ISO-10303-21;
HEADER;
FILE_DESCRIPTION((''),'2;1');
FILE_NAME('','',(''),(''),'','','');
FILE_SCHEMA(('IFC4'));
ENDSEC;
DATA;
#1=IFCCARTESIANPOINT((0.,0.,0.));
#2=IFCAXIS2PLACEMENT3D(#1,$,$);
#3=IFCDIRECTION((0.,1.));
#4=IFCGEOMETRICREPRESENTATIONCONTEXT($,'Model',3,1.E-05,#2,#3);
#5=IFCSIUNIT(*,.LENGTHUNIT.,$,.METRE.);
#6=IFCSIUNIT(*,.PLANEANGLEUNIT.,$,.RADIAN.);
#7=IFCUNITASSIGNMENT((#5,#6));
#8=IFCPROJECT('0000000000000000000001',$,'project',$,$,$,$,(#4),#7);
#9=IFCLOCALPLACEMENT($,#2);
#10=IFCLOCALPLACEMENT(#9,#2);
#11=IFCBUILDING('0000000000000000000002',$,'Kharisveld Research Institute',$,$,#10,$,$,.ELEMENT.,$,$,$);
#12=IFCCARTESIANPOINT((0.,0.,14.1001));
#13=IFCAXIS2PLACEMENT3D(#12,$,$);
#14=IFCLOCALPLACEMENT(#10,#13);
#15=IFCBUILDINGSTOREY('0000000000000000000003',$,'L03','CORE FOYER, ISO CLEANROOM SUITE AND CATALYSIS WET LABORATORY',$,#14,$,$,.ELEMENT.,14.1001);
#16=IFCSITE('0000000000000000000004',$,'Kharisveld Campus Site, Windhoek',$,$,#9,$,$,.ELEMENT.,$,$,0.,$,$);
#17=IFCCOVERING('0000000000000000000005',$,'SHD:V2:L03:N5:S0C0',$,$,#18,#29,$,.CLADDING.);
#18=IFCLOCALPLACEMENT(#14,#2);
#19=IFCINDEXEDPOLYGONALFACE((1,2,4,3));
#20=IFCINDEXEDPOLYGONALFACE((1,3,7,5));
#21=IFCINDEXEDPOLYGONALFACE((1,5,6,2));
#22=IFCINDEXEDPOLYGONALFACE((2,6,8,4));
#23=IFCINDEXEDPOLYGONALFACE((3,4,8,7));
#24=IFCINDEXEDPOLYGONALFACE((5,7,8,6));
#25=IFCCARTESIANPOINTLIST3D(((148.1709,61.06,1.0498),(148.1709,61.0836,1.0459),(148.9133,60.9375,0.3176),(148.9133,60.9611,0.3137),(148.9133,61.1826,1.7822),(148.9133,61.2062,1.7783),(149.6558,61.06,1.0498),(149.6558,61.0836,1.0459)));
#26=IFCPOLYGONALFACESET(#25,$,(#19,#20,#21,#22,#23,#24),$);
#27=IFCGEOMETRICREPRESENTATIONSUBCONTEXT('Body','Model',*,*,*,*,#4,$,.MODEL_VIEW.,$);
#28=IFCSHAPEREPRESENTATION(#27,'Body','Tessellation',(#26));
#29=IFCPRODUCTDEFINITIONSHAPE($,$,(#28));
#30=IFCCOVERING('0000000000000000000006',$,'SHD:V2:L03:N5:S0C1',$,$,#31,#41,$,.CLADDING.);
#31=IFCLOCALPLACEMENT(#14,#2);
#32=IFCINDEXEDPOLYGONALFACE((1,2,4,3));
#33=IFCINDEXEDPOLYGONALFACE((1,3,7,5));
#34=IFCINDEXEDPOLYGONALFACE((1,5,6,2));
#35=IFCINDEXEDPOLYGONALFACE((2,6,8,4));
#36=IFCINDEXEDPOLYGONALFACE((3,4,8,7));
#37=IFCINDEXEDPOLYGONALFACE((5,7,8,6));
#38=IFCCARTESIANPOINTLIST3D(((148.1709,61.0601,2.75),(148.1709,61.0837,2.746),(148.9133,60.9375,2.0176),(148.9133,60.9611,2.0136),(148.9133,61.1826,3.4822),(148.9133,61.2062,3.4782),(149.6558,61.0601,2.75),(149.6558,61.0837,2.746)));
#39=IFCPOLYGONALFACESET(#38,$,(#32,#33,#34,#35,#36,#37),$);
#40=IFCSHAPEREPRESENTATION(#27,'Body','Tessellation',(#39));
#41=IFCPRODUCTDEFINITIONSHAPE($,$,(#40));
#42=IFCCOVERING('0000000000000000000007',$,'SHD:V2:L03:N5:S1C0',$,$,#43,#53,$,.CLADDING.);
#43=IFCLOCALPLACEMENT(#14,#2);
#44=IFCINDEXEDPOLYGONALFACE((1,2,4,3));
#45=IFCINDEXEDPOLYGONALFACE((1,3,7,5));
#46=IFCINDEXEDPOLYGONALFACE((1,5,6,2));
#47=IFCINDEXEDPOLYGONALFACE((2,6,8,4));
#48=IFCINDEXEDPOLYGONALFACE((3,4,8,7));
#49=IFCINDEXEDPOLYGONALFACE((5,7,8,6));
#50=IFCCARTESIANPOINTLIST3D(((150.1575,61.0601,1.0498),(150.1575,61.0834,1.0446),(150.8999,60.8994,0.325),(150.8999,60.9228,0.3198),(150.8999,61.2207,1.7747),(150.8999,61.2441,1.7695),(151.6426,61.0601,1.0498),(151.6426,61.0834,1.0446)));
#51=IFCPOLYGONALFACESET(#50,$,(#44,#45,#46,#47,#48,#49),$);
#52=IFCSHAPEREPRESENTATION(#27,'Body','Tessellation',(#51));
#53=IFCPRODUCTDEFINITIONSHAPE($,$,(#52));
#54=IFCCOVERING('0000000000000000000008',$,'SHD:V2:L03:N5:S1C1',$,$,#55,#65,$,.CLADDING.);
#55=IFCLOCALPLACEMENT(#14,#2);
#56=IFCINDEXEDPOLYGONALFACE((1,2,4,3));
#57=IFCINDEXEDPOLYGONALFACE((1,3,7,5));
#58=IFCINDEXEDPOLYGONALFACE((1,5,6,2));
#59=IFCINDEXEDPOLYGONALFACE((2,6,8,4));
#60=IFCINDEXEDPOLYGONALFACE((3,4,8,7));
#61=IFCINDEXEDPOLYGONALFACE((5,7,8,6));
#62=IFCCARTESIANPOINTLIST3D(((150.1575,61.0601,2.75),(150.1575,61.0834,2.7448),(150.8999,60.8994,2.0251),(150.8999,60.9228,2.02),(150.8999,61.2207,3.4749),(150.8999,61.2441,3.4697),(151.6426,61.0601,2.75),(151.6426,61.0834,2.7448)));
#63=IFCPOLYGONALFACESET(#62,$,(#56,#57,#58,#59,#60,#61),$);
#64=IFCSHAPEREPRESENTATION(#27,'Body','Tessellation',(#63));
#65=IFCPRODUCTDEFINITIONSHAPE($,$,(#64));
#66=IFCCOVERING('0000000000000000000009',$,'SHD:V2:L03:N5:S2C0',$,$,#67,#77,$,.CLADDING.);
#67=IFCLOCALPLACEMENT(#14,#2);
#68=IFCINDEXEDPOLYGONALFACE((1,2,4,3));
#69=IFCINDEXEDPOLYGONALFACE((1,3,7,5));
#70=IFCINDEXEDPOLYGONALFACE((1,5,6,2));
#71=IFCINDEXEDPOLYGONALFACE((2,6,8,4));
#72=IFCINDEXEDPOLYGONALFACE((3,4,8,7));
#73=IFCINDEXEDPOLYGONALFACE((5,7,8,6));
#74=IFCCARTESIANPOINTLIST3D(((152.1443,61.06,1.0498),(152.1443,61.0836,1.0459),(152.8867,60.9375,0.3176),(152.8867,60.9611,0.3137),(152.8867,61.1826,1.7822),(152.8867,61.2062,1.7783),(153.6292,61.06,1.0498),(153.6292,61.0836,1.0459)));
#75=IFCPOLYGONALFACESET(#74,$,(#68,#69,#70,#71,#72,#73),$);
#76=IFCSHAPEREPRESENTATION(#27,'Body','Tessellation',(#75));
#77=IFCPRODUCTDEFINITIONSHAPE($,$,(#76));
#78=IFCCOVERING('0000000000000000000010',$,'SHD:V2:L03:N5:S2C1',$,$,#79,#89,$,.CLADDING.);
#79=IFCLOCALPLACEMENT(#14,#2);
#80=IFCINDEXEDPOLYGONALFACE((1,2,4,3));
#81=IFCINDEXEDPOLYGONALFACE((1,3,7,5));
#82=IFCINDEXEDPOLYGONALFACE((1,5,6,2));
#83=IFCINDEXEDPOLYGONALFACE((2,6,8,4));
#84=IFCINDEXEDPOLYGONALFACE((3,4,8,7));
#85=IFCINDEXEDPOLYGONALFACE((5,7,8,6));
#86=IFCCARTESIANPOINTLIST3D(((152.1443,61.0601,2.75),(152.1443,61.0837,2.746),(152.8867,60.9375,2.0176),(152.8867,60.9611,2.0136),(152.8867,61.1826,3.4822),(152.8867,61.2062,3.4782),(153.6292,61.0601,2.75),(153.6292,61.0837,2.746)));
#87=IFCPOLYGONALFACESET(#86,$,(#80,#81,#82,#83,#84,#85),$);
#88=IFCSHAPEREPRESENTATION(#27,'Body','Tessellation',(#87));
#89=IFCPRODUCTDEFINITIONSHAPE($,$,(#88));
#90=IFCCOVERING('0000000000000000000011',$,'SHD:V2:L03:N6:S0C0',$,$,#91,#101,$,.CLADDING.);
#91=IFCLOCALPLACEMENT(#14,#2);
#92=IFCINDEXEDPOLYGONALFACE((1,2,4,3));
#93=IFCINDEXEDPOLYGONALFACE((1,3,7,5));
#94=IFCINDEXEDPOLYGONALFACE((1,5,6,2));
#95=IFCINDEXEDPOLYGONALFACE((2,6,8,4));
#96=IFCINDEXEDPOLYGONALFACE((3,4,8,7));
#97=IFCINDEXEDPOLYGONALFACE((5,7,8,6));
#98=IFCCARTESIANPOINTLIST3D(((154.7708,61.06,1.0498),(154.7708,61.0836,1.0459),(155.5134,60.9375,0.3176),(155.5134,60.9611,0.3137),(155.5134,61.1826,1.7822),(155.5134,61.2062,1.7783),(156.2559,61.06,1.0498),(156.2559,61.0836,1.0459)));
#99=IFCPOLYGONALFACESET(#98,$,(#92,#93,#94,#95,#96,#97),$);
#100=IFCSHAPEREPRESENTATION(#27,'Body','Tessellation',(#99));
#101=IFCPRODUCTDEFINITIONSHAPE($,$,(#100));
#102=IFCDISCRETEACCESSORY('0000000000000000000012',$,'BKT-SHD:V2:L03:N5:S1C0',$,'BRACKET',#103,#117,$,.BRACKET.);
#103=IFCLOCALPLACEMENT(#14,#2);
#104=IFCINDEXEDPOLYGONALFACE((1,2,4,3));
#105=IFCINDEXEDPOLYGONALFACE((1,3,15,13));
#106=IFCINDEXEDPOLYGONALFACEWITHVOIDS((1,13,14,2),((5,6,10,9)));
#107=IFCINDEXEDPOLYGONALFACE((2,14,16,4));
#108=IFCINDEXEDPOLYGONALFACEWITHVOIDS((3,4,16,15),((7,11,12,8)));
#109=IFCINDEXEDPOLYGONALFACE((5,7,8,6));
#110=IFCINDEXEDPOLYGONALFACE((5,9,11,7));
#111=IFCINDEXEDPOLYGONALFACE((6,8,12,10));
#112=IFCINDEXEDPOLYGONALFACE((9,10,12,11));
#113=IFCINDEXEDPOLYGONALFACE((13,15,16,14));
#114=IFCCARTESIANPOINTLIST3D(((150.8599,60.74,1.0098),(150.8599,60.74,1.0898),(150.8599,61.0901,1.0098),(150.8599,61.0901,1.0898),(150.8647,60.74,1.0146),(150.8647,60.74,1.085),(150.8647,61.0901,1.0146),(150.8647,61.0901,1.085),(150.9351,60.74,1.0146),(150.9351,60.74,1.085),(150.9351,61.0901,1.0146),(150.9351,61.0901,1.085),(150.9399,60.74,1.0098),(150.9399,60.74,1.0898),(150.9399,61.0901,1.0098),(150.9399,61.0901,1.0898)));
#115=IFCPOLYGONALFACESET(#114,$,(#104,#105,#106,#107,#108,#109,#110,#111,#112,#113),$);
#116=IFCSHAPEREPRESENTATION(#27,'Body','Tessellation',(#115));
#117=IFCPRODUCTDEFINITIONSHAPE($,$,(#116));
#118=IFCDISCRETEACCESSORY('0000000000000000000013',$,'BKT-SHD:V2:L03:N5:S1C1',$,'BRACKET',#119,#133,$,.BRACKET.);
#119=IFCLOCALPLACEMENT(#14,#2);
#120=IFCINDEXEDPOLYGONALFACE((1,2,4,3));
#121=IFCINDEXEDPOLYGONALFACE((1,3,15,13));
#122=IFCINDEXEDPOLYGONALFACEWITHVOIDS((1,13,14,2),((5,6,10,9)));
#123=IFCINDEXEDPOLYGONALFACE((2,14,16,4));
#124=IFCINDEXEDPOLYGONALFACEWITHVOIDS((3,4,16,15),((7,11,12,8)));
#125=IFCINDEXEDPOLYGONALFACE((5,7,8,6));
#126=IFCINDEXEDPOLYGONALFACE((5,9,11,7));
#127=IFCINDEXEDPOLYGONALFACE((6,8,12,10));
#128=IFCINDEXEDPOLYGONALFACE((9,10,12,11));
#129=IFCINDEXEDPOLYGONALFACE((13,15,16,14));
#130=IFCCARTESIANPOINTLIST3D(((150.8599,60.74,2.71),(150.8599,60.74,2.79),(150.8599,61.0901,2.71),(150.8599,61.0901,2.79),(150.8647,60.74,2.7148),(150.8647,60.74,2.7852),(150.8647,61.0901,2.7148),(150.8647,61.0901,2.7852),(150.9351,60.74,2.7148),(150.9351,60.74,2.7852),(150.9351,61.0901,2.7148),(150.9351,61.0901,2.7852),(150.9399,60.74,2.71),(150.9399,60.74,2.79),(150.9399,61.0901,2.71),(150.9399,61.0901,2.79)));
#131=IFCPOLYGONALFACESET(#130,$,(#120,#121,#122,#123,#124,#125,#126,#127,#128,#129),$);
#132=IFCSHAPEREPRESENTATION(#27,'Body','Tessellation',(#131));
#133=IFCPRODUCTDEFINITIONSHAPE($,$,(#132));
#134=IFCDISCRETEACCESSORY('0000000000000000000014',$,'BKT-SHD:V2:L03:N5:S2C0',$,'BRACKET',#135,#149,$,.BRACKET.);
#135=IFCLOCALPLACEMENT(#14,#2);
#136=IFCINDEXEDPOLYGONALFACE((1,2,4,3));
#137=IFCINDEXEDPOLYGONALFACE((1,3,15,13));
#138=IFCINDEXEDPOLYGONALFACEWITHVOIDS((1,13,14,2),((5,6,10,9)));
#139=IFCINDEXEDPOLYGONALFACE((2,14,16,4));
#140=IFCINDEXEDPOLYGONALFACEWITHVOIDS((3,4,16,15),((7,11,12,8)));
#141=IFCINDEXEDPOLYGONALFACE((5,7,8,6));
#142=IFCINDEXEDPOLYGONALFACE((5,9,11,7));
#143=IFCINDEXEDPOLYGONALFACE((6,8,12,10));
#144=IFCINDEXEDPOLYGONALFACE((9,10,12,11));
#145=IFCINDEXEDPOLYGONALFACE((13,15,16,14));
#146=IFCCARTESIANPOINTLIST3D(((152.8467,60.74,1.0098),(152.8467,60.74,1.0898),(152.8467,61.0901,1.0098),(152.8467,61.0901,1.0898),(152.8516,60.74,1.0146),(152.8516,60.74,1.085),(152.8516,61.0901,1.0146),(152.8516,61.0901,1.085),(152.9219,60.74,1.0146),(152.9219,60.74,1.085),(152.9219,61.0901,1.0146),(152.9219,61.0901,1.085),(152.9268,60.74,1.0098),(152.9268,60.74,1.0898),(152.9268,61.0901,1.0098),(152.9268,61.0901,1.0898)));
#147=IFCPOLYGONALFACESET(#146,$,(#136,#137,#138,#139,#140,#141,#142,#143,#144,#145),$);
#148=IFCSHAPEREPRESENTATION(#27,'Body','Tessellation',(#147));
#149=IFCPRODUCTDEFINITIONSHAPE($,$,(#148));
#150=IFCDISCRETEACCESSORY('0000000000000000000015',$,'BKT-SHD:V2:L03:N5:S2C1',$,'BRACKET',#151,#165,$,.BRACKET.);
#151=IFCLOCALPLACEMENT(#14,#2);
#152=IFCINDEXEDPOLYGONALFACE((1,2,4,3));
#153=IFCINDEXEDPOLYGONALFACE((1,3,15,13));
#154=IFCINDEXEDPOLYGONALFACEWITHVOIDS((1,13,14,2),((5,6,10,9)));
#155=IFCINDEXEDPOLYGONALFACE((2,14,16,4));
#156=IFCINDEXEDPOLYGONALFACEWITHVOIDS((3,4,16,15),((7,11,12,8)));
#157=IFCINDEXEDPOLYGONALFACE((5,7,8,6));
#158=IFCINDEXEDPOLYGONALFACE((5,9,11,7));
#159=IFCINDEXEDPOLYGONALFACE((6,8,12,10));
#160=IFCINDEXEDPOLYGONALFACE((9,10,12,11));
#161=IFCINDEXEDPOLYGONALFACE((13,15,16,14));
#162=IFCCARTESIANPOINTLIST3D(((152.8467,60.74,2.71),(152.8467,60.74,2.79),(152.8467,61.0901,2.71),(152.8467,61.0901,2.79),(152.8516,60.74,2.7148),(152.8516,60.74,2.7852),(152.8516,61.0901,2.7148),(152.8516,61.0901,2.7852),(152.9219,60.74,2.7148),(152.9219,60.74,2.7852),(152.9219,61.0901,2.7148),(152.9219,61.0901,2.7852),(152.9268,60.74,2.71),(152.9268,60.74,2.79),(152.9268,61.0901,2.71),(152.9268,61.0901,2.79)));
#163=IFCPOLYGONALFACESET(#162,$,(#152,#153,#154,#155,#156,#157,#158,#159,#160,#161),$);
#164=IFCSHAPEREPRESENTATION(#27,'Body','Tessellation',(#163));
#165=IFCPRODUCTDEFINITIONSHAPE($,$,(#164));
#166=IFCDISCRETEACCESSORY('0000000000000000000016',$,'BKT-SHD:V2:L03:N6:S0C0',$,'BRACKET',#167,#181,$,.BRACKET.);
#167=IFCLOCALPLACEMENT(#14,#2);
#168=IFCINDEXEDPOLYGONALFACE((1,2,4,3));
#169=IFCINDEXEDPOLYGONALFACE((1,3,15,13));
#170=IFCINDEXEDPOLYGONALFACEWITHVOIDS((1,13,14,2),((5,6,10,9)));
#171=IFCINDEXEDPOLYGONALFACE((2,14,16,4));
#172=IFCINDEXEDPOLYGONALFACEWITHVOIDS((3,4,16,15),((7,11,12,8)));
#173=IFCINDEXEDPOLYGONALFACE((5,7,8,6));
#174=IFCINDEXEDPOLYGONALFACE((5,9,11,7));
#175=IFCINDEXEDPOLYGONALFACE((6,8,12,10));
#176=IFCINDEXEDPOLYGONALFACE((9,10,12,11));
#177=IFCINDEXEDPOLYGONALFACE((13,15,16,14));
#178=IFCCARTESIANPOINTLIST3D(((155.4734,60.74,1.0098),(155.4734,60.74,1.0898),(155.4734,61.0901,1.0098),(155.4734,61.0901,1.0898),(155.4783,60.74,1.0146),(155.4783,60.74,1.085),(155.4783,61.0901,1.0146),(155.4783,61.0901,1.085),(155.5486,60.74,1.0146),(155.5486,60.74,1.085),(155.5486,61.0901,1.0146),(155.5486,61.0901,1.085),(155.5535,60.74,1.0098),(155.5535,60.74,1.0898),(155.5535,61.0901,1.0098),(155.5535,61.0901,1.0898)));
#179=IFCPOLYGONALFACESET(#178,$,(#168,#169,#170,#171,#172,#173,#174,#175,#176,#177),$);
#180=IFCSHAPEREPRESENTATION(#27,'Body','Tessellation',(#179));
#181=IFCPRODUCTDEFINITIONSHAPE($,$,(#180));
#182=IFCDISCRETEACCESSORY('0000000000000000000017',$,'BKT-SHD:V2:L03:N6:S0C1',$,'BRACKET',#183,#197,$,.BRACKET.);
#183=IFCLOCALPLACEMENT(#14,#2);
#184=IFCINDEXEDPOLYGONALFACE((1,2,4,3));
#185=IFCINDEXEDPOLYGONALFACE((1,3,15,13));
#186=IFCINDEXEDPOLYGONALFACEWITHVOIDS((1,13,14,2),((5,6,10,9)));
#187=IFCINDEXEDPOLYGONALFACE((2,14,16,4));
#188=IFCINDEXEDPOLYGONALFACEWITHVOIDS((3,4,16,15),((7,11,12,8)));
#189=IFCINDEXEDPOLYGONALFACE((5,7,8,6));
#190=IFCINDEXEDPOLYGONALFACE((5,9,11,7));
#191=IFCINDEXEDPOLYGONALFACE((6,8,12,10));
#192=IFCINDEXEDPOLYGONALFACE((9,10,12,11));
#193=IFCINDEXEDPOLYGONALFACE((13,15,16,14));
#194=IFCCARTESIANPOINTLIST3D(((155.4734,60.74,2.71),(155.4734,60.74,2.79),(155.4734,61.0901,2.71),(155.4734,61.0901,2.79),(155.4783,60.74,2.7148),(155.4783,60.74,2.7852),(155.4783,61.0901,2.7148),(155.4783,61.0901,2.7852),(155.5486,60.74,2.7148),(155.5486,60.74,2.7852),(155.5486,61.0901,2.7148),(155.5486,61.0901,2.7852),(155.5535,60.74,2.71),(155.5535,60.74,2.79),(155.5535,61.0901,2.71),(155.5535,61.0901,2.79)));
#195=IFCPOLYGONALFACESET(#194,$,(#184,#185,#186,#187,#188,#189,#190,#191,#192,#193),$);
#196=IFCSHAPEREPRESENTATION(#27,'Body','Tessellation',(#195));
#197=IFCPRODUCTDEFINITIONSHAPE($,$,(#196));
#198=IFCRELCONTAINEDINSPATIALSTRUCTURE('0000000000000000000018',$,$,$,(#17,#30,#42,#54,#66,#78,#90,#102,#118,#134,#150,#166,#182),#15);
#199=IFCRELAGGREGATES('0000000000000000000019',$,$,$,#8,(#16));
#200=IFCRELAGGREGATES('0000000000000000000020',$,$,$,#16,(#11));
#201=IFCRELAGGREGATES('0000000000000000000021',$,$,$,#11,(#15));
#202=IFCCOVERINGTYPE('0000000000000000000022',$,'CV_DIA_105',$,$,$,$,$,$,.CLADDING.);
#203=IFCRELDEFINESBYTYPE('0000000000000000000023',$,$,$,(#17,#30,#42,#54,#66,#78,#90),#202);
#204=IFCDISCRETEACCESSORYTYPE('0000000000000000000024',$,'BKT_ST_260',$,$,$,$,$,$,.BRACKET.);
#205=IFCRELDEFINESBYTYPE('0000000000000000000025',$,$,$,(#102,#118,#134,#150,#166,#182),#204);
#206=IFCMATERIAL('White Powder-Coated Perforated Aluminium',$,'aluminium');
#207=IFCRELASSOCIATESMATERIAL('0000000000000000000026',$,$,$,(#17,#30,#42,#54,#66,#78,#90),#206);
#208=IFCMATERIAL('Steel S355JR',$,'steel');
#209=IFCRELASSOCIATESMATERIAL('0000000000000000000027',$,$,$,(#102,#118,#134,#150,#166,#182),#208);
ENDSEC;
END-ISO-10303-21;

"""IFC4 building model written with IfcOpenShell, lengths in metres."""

from ifc_helpers import new_model, si_unit, direction, frame, origin, origin_2d, place, context, subcontext, project, spatial, polyline, hollow_rectangle, outline, extrude, material, type_object, element, save


model = new_model("IFC4")

# Units and contexts
model_context = context("Model", 3, precision=1e-05, world=origin(), true_north=direction((0.0, 1.0)))
body_context = subcontext(model_context, "Body", "Model", "MODEL_VIEW")
ifc_project = project(units=[si_unit("LENGTHUNIT", "METRE"), si_unit("PLANEANGLEUNIT", "RADIAN")], contexts=[model_context])

# Site, building, storey
site_placement = place(None, origin())
site = spatial("IfcSite", under=ifc_project, at=site_placement, Name="Kharisveld Campus Site, Windhoek", CompositionType="ELEMENT", RefElevation=0.0)
building_placement = place(site_placement, origin())
building = spatial("IfcBuilding", under=site, at=building_placement, Name="Kharisveld Research Institute", CompositionType="ELEMENT")
storey_placement = place(building_placement, frame((0.0, 0.0, 14.1001)))
storey = spatial("IfcBuildingStorey", under=building, at=storey_placement, Name="L03", Description="CORE FOYER, ISO CLEANROOM SUITE AND CATALYSIS WET LABORATORY", CompositionType="ELEMENT", Elevation=14.1001)

# Coverings
ifc_material_1 = material(Name="White Powder-Coated Perforated Aluminium", Category="aluminium")
covering_type = type_object("IfcCoveringType", Name="CV_DIA_105", PredefinedType="CLADDING")
covering_1_placement = place(storey_placement, frame((148.9133, 60.9375, 0.3176), z_axis=(0.0, -0.986283, 0.165065), x_axis=(0.707139, 0.116714, 0.697376)))
element("IfcCovering", 1, at=covering_1_placement, inside=storey, type_object=covering_type, material=ifc_material_1, Name="SHD:V2:L03:N5:S0C0", PredefinedType="CLADDING", context=body_context, shape_type="SweptSolid", body=[
    extrude(outline(polyline([(0.0, 0.0), (1.0499, 0.0), (1.05, 1.0501), (-0.0001, 1.0499), (0.0, 0.0)])), origin(), (0.0, 0.0, -1.0), 0.0239),
])
covering_2_placement = place(storey_placement, frame((148.9133, 60.9375, 2.0176), z_axis=(0.0, -0.986283, 0.165065), x_axis=(0.707024, 0.116733, 0.697489)))
element("IfcCovering", 2, at=covering_2_placement, inside=storey, type_object=covering_type, material=ifc_material_1, Name="SHD:V2:L03:N5:S0C1", PredefinedType="CLADDING", context=body_context, shape_type="SweptSolid", body=[
    extrude(outline(polyline([(0.0, 0.0), (1.0501, 0.0), (1.0502, 1.0499), (0.0002, 1.0501), (0.0, 0.0)])), origin(), (0.0, 0.0, -1.0), 0.0239),
])
for number, where, z_axis, x_axis, name in (
    (3, (150.8999, 60.8994, 0.325), (0.0, -0.976311, 0.216373), (0.707218, 0.152975, 0.690247), "SHD:V2:L03:N5:S1C0"),
    (4, (150.8999, 60.8994, 2.0251), (0.0, -0.976311, 0.216373), (0.707218, 0.152975, 0.690247), "SHD:V2:L03:N5:S1C1"),
):
    element("IfcCovering", number, at=place(storey_placement, frame(where, z_axis=z_axis, x_axis=x_axis)), inside=storey, type_object=covering_type, material=ifc_material_1, Name=name, PredefinedType="CLADDING", context=body_context, shape_type="SweptSolid", body=[
        extrude(outline(polyline([(0.0, 0.0), (1.0501, 0.0), (1.0498, 1.0501), (-0.0002, 1.05), (0.0, 0.0)])), origin(), (0.0, 0.0, -1.0), 0.0239),
    ])
covering_3_placement = place(storey_placement, frame((152.8867, 60.9375, 0.3176), z_axis=(0.0, -0.986283, 0.165065), x_axis=(0.707139, 0.116714, 0.697376)))
element("IfcCovering", 5, at=covering_3_placement, inside=storey, type_object=covering_type, material=ifc_material_1, Name="SHD:V2:L03:N5:S2C0", PredefinedType="CLADDING", context=body_context, shape_type="SweptSolid", body=[
    extrude(outline(polyline([(0.0, 0.0), (1.0499, 0.0), (1.05, 1.0501), (-0.0001, 1.0499), (0.0, 0.0)])), origin(), (0.0, 0.0, -1.0), 0.0239),
])
covering_4_placement = place(storey_placement, frame((152.8867, 60.9375, 2.0176), z_axis=(0.0, -0.986283, 0.165065), x_axis=(0.707024, 0.116733, 0.697489)))
element("IfcCovering", 6, at=covering_4_placement, inside=storey, type_object=covering_type, material=ifc_material_1, Name="SHD:V2:L03:N5:S2C1", PredefinedType="CLADDING", context=body_context, shape_type="SweptSolid", body=[
    extrude(outline(polyline([(0.0, 0.0), (1.0501, 0.0), (1.0502, 1.0499), (0.0002, 1.0501), (0.0, 0.0)])), origin(), (0.0, 0.0, -1.0), 0.0239),
])
covering_5_placement = place(storey_placement, frame((155.5134, 60.9375, 0.3176), z_axis=(0.0, -0.986283, 0.165065), x_axis=(0.707139, 0.116714, 0.697376)))
element("IfcCovering", 7, at=covering_5_placement, inside=storey, type_object=covering_type, material=ifc_material_1, Name="SHD:V2:L03:N6:S0C0", PredefinedType="CLADDING", context=body_context, shape_type="SweptSolid", body=[
    extrude(outline(polyline([(0.0, 0.0), (1.0499, 0.0), (1.05, 1.0501), (-0.0003, 1.0501), (0.0, 0.0)])), origin(), (0.0, 0.0, -1.0), 0.0239),
])

# Discrete accessories
ifc_material_2 = material(Name="Steel S355JR", Category="steel")
discrete_accessory_type = type_object("IfcDiscreteAccessoryType", Name="BKT_ST_260", PredefinedType="BRACKET")
for number, where, z_axis, x_axis, name in (
    (8, (150.8999, 60.74, 1.0498), (0.0, 1.0, 0.0), (-1.0, 0.0, 0.0), "BKT-SHD:V2:L03:N5:S1C0"),
    (9, (150.8999, 60.74, 2.75), (0.0, 1.0, 0.0), (-1.0, 0.0, 0.0), "BKT-SHD:V2:L03:N5:S1C1"),
    (10, (152.8867, 60.74, 1.0498), (0.0, 1.0, 0.0), (-1.0, 0.0, 0.0), "BKT-SHD:V2:L03:N5:S2C0"),
    (11, (152.8867, 60.74, 2.75), (0.0, 1.0, 0.0), (-1.0, 0.0, 0.0), "BKT-SHD:V2:L03:N5:S2C1"),
    (12, (155.5134, 60.74, 1.0498), (0.0, 1.0, 0.0), (-1.0, 0.0, 0.0), "BKT-SHD:V2:L03:N6:S0C0"),
    (13, (155.5134, 60.74, 2.75), (0.0, 1.0, 0.0), (-1.0, 0.0, 0.0), "BKT-SHD:V2:L03:N6:S0C1"),
):
    element("IfcDiscreteAccessory", number, at=place(storey_placement, frame(where, z_axis=z_axis, x_axis=x_axis)), inside=storey, type_object=discrete_accessory_type, material=ifc_material_2, Name=name, ObjectType="BRACKET", PredefinedType="BRACKET", context=body_context, shape_type="SweptSolid", body=[
        extrude(hollow_rectangle(XDim=0.0801, YDim=0.0801, WallThickness=0.0049, at=origin_2d()), origin(), (0.0, 0.0, 1.0), 0.3501),
    ])

save(model, "model.ifc")
